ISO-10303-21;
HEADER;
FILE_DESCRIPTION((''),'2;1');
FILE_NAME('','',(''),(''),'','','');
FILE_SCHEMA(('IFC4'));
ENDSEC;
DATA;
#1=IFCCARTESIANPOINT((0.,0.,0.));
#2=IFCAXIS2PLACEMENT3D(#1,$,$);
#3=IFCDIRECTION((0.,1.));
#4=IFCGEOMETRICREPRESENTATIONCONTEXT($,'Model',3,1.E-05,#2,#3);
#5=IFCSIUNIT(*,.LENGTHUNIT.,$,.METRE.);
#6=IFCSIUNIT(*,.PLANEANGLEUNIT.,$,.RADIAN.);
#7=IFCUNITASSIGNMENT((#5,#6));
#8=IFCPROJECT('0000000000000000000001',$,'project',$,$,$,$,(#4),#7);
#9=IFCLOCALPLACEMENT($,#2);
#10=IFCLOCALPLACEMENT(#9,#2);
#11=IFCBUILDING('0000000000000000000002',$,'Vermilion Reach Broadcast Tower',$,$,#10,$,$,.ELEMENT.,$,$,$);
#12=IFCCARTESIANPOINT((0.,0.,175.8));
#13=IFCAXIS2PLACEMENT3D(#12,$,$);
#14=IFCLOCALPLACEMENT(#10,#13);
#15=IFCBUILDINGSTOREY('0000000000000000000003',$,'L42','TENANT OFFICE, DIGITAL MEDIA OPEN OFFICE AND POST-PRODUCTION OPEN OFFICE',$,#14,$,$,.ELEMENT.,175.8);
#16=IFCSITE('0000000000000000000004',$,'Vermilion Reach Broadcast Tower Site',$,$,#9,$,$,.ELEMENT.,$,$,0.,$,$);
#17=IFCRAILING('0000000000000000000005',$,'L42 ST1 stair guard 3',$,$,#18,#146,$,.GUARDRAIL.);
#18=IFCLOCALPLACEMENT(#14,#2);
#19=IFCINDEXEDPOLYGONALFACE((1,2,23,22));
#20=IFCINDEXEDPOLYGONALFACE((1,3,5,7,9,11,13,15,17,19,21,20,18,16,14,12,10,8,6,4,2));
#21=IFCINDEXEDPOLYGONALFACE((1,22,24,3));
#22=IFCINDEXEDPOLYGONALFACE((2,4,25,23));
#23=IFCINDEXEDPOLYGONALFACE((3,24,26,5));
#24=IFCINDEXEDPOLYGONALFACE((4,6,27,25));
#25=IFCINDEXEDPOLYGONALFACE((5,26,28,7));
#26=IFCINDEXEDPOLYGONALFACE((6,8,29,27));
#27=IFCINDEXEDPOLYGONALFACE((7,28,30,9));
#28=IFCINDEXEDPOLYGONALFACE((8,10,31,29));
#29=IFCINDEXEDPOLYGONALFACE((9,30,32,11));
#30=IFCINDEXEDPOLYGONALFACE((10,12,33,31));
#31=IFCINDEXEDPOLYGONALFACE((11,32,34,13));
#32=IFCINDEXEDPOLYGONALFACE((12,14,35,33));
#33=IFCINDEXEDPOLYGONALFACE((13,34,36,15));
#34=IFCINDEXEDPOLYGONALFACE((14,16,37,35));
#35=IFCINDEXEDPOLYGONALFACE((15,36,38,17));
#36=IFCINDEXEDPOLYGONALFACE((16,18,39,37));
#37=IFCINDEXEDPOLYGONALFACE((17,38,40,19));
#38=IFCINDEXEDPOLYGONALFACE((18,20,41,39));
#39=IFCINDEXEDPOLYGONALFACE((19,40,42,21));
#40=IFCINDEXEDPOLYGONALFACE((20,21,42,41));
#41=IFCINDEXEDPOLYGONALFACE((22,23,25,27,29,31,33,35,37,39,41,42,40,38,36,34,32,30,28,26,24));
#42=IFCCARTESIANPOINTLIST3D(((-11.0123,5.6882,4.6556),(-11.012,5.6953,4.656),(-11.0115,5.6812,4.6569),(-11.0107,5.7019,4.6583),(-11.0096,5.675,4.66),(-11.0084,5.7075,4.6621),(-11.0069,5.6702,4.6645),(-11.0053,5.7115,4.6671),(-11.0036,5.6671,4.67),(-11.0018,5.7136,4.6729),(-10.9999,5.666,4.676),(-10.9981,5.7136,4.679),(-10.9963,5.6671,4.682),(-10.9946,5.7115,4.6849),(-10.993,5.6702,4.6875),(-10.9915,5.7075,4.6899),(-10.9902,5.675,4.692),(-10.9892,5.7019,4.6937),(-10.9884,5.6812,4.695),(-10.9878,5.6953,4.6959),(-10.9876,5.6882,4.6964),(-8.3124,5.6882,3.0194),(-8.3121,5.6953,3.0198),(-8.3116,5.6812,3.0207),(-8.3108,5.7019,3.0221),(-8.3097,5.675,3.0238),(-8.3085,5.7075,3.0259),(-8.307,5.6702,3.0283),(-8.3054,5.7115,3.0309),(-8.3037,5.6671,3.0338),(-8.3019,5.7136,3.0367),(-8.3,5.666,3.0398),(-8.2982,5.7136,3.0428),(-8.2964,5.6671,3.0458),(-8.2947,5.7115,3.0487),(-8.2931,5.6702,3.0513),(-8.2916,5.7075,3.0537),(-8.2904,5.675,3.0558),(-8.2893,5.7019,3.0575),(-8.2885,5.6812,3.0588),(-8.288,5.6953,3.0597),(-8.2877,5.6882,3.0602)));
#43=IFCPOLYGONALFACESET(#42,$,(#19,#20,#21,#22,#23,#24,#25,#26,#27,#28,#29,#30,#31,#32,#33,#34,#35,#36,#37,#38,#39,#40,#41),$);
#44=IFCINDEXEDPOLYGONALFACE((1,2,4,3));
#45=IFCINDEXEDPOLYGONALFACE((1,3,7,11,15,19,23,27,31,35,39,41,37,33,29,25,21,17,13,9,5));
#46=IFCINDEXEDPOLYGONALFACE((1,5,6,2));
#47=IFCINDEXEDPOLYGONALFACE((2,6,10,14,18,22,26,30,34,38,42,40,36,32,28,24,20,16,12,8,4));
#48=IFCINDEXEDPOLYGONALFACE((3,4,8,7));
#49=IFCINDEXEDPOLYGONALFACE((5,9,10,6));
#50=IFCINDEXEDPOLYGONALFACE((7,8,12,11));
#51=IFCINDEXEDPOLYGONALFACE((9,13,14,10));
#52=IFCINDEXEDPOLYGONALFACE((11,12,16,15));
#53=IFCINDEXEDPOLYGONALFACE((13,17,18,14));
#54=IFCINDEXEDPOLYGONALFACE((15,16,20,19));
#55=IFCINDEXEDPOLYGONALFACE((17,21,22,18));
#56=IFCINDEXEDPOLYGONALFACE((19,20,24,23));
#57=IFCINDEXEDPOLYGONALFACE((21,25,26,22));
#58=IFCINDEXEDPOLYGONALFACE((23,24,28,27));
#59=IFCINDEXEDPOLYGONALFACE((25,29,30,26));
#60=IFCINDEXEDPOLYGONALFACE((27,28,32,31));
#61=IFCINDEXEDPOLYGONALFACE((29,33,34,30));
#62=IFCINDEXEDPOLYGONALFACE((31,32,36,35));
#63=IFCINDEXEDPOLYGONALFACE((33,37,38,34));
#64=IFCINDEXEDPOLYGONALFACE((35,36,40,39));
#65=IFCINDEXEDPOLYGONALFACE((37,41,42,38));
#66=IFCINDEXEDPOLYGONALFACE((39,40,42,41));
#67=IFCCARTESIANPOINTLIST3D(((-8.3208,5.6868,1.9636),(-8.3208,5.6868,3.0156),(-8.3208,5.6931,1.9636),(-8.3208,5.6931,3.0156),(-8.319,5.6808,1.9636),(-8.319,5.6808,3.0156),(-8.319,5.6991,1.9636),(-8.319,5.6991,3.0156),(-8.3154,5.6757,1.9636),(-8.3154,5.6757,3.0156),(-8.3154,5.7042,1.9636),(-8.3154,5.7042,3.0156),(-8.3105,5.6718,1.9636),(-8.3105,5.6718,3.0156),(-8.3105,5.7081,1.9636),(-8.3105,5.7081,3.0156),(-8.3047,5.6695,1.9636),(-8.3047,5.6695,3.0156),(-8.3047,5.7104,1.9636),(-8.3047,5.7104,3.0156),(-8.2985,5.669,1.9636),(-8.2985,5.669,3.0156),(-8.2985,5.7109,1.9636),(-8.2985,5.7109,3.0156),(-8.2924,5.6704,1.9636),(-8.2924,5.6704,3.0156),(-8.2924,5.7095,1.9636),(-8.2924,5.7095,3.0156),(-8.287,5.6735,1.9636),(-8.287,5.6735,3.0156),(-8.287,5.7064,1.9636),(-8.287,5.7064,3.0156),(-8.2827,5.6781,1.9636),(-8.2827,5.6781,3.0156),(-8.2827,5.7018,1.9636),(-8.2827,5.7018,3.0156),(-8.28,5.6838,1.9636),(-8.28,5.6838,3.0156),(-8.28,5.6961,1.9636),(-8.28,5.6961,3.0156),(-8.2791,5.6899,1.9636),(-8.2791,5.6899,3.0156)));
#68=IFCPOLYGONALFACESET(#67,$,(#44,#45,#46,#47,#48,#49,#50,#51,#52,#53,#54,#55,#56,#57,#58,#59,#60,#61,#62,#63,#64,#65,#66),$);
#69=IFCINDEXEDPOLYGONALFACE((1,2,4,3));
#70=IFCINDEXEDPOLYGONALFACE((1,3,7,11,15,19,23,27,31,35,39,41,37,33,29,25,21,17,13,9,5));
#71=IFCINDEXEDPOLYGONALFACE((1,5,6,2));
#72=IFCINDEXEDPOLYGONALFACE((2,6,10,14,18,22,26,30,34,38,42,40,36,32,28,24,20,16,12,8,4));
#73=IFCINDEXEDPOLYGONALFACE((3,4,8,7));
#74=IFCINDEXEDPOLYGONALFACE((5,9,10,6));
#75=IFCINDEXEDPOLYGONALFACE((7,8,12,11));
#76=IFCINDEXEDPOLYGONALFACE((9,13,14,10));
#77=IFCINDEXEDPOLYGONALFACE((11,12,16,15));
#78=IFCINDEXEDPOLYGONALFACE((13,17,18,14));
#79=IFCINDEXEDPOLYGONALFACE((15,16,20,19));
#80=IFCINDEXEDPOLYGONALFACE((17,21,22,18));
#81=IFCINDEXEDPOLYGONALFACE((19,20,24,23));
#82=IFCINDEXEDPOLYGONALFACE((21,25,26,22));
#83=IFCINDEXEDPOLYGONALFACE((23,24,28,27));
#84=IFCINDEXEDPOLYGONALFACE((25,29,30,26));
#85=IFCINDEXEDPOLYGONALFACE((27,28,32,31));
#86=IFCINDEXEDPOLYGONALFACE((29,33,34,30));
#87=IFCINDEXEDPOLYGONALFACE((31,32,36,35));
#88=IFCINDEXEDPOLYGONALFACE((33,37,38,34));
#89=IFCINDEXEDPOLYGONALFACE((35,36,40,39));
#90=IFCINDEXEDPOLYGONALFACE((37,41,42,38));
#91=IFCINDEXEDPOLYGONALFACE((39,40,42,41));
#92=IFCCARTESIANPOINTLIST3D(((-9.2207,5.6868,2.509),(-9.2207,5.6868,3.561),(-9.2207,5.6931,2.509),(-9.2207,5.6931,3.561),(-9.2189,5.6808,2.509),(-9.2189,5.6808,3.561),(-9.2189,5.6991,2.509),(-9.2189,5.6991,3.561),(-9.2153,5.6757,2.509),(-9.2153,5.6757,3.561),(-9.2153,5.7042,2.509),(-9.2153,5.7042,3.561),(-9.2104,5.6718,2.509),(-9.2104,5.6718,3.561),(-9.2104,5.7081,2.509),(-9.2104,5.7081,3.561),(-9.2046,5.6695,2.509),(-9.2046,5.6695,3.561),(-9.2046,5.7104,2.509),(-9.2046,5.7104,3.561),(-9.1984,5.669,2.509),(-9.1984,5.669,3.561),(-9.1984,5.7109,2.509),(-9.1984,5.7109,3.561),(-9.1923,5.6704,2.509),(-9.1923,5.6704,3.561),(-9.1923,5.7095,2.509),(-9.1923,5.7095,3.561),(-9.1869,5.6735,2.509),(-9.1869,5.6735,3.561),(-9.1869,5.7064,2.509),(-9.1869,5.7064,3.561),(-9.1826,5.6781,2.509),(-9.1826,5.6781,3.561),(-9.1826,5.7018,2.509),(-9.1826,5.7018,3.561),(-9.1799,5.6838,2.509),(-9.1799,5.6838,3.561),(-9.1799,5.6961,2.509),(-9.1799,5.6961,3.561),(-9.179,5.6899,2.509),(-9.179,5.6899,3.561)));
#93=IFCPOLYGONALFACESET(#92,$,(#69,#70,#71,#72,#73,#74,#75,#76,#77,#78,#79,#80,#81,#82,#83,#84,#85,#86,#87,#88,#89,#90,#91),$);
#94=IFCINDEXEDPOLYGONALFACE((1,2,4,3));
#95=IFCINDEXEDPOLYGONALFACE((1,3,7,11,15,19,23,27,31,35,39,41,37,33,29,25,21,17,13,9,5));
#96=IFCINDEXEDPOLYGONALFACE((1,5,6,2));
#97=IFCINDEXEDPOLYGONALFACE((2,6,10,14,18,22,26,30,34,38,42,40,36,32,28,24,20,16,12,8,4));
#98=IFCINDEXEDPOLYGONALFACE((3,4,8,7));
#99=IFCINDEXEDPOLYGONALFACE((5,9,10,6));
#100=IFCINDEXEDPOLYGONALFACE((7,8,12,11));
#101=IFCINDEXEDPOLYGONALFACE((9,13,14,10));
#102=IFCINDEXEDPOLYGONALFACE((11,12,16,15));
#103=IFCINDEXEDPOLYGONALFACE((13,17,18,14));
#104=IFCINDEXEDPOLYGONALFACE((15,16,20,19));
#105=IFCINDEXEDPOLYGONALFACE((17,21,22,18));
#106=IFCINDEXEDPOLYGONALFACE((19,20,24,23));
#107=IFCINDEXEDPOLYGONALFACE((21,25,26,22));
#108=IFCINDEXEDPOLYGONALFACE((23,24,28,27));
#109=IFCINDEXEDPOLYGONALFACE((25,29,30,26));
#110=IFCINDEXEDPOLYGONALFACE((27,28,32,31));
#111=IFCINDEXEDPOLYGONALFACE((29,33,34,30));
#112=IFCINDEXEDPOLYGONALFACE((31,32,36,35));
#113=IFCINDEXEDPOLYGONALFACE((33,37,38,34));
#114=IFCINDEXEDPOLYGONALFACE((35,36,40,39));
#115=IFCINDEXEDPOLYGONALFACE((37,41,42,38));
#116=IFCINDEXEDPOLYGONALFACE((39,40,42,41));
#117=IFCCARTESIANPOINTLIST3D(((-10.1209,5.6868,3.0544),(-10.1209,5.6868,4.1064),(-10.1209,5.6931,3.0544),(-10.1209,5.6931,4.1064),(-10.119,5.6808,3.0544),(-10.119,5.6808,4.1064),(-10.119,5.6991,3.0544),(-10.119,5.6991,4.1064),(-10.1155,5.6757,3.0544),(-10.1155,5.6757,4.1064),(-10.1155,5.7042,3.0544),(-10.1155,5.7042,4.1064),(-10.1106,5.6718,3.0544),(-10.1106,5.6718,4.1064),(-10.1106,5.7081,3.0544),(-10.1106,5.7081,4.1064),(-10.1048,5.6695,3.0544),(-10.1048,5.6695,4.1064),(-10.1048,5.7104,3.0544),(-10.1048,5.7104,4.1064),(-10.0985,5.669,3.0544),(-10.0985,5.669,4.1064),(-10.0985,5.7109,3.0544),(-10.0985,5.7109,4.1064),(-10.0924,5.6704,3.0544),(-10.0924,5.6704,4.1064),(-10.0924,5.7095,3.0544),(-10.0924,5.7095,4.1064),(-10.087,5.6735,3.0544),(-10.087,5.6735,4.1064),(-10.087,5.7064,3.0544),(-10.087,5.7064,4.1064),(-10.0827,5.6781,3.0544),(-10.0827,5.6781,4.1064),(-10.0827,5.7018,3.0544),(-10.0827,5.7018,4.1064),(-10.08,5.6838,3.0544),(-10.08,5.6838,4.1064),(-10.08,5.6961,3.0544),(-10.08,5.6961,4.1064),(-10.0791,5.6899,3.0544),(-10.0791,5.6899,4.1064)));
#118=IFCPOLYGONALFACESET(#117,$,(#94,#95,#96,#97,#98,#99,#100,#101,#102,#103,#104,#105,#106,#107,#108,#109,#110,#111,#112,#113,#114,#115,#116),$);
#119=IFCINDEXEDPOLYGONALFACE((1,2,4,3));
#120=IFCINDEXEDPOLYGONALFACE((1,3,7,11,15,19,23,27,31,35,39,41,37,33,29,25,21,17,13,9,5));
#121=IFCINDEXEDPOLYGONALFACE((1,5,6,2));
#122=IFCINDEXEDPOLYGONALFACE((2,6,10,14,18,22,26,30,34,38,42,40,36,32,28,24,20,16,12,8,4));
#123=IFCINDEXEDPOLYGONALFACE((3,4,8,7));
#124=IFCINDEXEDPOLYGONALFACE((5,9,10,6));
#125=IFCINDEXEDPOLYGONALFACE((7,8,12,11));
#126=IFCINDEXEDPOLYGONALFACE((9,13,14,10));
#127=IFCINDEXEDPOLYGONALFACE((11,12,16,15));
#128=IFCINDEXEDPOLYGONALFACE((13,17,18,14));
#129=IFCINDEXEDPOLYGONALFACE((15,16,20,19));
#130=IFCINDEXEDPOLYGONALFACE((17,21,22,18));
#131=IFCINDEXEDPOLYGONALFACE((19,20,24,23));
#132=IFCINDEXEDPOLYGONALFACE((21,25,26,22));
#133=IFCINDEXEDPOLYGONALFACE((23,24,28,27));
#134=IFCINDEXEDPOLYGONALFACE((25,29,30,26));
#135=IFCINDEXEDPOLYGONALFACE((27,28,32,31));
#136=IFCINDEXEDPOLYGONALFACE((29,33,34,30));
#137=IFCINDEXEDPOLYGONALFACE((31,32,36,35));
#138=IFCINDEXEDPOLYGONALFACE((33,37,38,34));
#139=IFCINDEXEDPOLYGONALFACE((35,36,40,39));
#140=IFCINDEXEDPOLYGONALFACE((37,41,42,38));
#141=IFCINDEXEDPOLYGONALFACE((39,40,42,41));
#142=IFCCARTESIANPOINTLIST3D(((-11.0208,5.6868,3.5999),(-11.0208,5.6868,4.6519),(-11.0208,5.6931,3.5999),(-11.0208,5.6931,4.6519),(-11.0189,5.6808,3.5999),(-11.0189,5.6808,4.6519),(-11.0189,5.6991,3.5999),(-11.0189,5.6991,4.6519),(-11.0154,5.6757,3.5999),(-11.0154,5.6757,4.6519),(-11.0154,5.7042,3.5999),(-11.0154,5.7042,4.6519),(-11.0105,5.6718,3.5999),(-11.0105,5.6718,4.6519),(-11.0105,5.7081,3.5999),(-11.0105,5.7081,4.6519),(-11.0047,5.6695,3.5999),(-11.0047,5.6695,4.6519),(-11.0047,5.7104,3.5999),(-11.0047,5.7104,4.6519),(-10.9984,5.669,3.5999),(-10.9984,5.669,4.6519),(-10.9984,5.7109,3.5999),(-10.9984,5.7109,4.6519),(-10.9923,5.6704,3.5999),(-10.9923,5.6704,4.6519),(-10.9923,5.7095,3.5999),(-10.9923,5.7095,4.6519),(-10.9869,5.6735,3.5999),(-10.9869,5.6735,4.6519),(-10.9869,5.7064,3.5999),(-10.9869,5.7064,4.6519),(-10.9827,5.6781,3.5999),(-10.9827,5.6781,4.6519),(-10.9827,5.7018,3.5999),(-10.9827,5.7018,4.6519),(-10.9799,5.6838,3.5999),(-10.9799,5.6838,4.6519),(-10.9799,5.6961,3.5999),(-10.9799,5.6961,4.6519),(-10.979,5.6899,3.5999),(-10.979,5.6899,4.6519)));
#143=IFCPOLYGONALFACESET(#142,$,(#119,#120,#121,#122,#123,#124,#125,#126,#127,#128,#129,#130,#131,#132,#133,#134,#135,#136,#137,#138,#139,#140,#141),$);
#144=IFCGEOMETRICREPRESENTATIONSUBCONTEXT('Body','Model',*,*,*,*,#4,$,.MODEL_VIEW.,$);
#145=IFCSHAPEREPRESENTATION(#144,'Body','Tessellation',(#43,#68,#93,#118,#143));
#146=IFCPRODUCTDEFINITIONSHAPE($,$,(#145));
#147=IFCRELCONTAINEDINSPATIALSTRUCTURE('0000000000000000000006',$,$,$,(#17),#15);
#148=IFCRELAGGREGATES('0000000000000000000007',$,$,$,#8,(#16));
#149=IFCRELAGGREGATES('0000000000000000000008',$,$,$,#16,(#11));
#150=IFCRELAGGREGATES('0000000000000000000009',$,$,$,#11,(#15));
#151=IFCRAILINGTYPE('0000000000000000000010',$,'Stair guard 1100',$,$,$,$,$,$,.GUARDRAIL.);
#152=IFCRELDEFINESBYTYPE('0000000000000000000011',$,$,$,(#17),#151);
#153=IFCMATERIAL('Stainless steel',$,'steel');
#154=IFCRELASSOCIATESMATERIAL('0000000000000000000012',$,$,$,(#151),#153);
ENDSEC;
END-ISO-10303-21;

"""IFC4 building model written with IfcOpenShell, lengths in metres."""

from ifc_helpers import new_model, si_unit, direction, frame, origin, origin_2d, place, context, subcontext, project, spatial, circle, extrude, material, type_object, element, save


model = new_model("IFC4")

# Units and contexts
model_context = context("Model", 3, precision=1e-05, world=origin(), true_north=direction((0.0, 1.0)))
body_context = subcontext(model_context, "Body", "Model", "MODEL_VIEW")
ifc_project = project(units=[si_unit("LENGTHUNIT", "METRE"), si_unit("PLANEANGLEUNIT", "RADIAN")], contexts=[model_context])

# Site, building, storey
site_placement = place(None, origin())
site = spatial("IfcSite", under=ifc_project, at=site_placement, Name="Vermilion Reach Broadcast Tower Site", CompositionType="ELEMENT", RefElevation=0.0)
building_placement = place(site_placement, origin())
building = spatial("IfcBuilding", under=site, at=building_placement, Name="Vermilion Reach Broadcast Tower", CompositionType="ELEMENT")
storey_placement = place(building_placement, frame((0.0, 0.0, 175.8)))
storey = spatial("IfcBuildingStorey", under=building, at=storey_placement, Name="L42", Description="TENANT OFFICE, DIGITAL MEDIA OPEN OFFICE AND POST-PRODUCTION OPEN OFFICE", CompositionType="ELEMENT", Elevation=175.8)

# Railing
ifc_material_1 = material(Name="Stainless steel", Category="steel")
railing_type_1 = type_object("IfcRailingType", Name="Stair guard 1100", PredefinedType="GUARDRAIL", material=ifc_material_1)
railing_1_placement = place(storey_placement, frame((-8.3, 5.6899, 1.9636)))
element("IfcRailing", 1, at=railing_1_placement, inside=storey, type_object=railing_type_1, Name="L42 ST1 stair guard 3", PredefinedType="GUARDRAIL", context=body_context, shape_type="SweptSolid", body=[
    extrude(circle(Radius=0.0239, at=origin_2d()), frame((0.0, 0.0, 1.0762), z_axis=(-0.855212, 0.0, 0.518278), x_axis=(0.0, -1.0, 0.0)), (0.0, 0.0, 1.0), 3.157),
    extrude(circle(Radius=0.021, at=origin_2d()), origin(), (0.0, 0.0, 1.0), 1.052),
    extrude(circle(Radius=0.021, at=origin_2d()), frame((-0.8999, 0.0, 0.5454)), (0.0, 0.0, 1.0), 1.052),
    extrude(circle(Radius=0.021, at=origin_2d()), frame((-1.8, 0.0, 1.0908)), (0.0, 0.0, 1.0), 1.052),
    extrude(circle(Radius=0.021, at=origin_2d()), frame((-2.7, 0.0, 1.6362)), (0.0, 0.0, 1.0), 1.052),
])

save(model, "model.ifc")
